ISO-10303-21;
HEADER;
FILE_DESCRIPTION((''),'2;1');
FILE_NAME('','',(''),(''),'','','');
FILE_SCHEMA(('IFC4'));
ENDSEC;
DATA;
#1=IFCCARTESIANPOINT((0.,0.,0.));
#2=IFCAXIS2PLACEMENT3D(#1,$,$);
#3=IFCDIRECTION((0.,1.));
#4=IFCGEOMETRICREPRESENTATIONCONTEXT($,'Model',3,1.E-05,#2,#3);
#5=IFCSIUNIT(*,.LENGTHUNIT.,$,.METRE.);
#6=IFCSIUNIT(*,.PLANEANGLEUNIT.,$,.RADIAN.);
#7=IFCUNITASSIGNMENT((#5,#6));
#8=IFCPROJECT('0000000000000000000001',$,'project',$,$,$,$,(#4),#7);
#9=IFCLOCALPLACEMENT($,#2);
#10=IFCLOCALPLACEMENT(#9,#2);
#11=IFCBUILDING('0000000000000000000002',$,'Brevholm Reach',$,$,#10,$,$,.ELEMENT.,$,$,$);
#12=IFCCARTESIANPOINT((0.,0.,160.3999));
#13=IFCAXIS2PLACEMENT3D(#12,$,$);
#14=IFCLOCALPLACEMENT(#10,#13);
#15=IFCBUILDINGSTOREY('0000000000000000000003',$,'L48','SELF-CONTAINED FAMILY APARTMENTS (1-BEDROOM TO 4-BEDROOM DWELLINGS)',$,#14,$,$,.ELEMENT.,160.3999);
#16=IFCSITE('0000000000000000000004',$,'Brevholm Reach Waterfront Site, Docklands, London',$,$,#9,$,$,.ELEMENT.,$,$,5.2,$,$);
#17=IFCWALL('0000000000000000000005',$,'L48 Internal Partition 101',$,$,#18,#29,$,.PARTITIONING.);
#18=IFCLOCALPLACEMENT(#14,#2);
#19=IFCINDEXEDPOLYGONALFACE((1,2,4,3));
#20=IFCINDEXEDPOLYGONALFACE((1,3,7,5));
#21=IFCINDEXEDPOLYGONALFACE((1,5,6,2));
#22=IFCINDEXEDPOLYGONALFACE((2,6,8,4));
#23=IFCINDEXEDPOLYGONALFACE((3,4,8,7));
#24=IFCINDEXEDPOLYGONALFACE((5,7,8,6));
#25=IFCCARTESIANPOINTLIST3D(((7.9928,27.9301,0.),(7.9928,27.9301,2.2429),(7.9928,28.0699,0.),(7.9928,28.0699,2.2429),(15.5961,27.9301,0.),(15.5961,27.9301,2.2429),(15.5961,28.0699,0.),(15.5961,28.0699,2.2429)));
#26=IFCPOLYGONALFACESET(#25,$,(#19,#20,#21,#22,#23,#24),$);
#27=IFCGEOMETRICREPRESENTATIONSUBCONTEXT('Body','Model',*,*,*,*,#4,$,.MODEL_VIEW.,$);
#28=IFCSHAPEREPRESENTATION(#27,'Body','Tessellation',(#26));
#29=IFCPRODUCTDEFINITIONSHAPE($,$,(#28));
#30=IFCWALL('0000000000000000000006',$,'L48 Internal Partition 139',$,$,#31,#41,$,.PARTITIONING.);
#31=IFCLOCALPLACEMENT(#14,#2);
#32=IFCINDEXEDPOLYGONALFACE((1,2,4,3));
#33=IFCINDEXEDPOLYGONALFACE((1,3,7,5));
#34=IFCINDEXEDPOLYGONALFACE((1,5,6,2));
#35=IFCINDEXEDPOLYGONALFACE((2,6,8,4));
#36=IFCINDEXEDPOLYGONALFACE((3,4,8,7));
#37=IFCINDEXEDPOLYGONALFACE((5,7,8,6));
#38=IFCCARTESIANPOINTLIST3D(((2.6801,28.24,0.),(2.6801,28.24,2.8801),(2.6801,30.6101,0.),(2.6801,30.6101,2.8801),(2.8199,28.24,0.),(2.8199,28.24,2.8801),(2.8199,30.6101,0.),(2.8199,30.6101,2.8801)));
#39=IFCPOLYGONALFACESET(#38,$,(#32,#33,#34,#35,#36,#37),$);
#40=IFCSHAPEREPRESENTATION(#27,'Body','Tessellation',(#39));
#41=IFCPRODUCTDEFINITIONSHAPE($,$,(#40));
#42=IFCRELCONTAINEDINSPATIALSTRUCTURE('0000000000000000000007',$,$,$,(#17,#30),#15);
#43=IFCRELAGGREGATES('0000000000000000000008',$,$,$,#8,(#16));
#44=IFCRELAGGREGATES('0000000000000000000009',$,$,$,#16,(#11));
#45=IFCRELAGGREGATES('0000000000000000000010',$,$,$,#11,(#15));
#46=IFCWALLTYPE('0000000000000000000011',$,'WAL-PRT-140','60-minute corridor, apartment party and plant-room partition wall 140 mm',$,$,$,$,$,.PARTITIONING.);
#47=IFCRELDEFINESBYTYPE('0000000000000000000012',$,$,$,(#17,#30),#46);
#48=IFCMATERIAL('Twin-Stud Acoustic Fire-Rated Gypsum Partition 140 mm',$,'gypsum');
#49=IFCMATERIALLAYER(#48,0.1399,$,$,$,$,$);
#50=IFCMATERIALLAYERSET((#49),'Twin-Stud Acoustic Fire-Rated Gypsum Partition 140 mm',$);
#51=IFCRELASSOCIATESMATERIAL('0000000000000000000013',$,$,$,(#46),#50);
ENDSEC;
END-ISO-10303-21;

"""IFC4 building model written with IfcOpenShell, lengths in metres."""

from ifc_helpers import new_model, si_unit, direction, frame, frame_2d, origin, place, context, subcontext, project, spatial, rectangle, extrude, material, layer, layer_set, type_object, element, save


model = new_model("IFC4")

# Units and contexts
model_context = context("Model", 3, precision=1e-05, world=origin(), true_north=direction((0.0, 1.0)))
body_context = subcontext(model_context, "Body", "Model", "MODEL_VIEW")
ifc_project = project(units=[si_unit("LENGTHUNIT", "METRE"), si_unit("PLANEANGLEUNIT", "RADIAN")], contexts=[model_context])

# Site, building, storey
site_placement = place(None, origin())
site = spatial("IfcSite", under=ifc_project, at=site_placement, Name="Brevholm Reach Waterfront Site, Docklands, London", CompositionType="ELEMENT", RefElevation=5.2)
building_placement = place(site_placement, origin())
building = spatial("IfcBuilding", under=site, at=building_placement, Name="Brevholm Reach", CompositionType="ELEMENT")
storey_placement = place(building_placement, frame((0.0, 0.0, 160.3999)))
storey = spatial("IfcBuildingStorey", under=building, at=storey_placement, Name="L48", Description="SELF-CONTAINED FAMILY APARTMENTS (1-BEDROOM TO 4-BEDROOM DWELLINGS)", CompositionType="ELEMENT", Elevation=160.3999)

# Walls
ifc_material_1 = material(Name="Twin-Stud Acoustic Fire-Rated Gypsum Partition 140 mm", Category="gypsum")
ifc_layer_1 = layer(ifc_material_1, 0.1399)
ifc_layer_set_1 = layer_set([ifc_layer_1], Name="Twin-Stud Acoustic Fire-Rated Gypsum Partition 140 mm")
wall_type_1 = type_object("IfcWallType", Name="WAL-PRT-140", Description="60-minute corridor, apartment party and plant-room partition wall 140 mm", PredefinedType="PARTITIONING", material=ifc_layer_set_1)
wall_1_placement = place(storey_placement, frame((7.9927, 28.0, 0.0), z_axis=(0.0, 0.0, 1.0), x_axis=(1.0, 0.0, 0.0)))
element("IfcWall", 1, at=wall_1_placement, inside=storey, type_object=wall_type_1, Name="L48 Internal Partition 101", PredefinedType="PARTITIONING", context=body_context, shape_type="SweptSolid", body=[
    extrude(rectangle(XDim=7.6033, YDim=0.1399, at=frame_2d((3.8018, 0.0))), origin(), (0.0, 0.0, 1.0), 2.2429),
])
wall_2_placement = place(storey_placement, frame((2.75, 28.24, 0.0), z_axis=(0.0, 0.0, 1.0), x_axis=(0.0, 1.0, 0.0)))
element("IfcWall", 2, at=wall_2_placement, inside=storey, type_object=wall_type_1, Name="L48 Internal Partition 139", PredefinedType="PARTITIONING", context=body_context, shape_type="SweptSolid", body=[
    extrude(rectangle(XDim=2.3701, YDim=0.1399, at=frame_2d((1.1851, 0.0))), origin(), (0.0, 0.0, 1.0), 2.8801),
])

save(model, "model.ifc")
